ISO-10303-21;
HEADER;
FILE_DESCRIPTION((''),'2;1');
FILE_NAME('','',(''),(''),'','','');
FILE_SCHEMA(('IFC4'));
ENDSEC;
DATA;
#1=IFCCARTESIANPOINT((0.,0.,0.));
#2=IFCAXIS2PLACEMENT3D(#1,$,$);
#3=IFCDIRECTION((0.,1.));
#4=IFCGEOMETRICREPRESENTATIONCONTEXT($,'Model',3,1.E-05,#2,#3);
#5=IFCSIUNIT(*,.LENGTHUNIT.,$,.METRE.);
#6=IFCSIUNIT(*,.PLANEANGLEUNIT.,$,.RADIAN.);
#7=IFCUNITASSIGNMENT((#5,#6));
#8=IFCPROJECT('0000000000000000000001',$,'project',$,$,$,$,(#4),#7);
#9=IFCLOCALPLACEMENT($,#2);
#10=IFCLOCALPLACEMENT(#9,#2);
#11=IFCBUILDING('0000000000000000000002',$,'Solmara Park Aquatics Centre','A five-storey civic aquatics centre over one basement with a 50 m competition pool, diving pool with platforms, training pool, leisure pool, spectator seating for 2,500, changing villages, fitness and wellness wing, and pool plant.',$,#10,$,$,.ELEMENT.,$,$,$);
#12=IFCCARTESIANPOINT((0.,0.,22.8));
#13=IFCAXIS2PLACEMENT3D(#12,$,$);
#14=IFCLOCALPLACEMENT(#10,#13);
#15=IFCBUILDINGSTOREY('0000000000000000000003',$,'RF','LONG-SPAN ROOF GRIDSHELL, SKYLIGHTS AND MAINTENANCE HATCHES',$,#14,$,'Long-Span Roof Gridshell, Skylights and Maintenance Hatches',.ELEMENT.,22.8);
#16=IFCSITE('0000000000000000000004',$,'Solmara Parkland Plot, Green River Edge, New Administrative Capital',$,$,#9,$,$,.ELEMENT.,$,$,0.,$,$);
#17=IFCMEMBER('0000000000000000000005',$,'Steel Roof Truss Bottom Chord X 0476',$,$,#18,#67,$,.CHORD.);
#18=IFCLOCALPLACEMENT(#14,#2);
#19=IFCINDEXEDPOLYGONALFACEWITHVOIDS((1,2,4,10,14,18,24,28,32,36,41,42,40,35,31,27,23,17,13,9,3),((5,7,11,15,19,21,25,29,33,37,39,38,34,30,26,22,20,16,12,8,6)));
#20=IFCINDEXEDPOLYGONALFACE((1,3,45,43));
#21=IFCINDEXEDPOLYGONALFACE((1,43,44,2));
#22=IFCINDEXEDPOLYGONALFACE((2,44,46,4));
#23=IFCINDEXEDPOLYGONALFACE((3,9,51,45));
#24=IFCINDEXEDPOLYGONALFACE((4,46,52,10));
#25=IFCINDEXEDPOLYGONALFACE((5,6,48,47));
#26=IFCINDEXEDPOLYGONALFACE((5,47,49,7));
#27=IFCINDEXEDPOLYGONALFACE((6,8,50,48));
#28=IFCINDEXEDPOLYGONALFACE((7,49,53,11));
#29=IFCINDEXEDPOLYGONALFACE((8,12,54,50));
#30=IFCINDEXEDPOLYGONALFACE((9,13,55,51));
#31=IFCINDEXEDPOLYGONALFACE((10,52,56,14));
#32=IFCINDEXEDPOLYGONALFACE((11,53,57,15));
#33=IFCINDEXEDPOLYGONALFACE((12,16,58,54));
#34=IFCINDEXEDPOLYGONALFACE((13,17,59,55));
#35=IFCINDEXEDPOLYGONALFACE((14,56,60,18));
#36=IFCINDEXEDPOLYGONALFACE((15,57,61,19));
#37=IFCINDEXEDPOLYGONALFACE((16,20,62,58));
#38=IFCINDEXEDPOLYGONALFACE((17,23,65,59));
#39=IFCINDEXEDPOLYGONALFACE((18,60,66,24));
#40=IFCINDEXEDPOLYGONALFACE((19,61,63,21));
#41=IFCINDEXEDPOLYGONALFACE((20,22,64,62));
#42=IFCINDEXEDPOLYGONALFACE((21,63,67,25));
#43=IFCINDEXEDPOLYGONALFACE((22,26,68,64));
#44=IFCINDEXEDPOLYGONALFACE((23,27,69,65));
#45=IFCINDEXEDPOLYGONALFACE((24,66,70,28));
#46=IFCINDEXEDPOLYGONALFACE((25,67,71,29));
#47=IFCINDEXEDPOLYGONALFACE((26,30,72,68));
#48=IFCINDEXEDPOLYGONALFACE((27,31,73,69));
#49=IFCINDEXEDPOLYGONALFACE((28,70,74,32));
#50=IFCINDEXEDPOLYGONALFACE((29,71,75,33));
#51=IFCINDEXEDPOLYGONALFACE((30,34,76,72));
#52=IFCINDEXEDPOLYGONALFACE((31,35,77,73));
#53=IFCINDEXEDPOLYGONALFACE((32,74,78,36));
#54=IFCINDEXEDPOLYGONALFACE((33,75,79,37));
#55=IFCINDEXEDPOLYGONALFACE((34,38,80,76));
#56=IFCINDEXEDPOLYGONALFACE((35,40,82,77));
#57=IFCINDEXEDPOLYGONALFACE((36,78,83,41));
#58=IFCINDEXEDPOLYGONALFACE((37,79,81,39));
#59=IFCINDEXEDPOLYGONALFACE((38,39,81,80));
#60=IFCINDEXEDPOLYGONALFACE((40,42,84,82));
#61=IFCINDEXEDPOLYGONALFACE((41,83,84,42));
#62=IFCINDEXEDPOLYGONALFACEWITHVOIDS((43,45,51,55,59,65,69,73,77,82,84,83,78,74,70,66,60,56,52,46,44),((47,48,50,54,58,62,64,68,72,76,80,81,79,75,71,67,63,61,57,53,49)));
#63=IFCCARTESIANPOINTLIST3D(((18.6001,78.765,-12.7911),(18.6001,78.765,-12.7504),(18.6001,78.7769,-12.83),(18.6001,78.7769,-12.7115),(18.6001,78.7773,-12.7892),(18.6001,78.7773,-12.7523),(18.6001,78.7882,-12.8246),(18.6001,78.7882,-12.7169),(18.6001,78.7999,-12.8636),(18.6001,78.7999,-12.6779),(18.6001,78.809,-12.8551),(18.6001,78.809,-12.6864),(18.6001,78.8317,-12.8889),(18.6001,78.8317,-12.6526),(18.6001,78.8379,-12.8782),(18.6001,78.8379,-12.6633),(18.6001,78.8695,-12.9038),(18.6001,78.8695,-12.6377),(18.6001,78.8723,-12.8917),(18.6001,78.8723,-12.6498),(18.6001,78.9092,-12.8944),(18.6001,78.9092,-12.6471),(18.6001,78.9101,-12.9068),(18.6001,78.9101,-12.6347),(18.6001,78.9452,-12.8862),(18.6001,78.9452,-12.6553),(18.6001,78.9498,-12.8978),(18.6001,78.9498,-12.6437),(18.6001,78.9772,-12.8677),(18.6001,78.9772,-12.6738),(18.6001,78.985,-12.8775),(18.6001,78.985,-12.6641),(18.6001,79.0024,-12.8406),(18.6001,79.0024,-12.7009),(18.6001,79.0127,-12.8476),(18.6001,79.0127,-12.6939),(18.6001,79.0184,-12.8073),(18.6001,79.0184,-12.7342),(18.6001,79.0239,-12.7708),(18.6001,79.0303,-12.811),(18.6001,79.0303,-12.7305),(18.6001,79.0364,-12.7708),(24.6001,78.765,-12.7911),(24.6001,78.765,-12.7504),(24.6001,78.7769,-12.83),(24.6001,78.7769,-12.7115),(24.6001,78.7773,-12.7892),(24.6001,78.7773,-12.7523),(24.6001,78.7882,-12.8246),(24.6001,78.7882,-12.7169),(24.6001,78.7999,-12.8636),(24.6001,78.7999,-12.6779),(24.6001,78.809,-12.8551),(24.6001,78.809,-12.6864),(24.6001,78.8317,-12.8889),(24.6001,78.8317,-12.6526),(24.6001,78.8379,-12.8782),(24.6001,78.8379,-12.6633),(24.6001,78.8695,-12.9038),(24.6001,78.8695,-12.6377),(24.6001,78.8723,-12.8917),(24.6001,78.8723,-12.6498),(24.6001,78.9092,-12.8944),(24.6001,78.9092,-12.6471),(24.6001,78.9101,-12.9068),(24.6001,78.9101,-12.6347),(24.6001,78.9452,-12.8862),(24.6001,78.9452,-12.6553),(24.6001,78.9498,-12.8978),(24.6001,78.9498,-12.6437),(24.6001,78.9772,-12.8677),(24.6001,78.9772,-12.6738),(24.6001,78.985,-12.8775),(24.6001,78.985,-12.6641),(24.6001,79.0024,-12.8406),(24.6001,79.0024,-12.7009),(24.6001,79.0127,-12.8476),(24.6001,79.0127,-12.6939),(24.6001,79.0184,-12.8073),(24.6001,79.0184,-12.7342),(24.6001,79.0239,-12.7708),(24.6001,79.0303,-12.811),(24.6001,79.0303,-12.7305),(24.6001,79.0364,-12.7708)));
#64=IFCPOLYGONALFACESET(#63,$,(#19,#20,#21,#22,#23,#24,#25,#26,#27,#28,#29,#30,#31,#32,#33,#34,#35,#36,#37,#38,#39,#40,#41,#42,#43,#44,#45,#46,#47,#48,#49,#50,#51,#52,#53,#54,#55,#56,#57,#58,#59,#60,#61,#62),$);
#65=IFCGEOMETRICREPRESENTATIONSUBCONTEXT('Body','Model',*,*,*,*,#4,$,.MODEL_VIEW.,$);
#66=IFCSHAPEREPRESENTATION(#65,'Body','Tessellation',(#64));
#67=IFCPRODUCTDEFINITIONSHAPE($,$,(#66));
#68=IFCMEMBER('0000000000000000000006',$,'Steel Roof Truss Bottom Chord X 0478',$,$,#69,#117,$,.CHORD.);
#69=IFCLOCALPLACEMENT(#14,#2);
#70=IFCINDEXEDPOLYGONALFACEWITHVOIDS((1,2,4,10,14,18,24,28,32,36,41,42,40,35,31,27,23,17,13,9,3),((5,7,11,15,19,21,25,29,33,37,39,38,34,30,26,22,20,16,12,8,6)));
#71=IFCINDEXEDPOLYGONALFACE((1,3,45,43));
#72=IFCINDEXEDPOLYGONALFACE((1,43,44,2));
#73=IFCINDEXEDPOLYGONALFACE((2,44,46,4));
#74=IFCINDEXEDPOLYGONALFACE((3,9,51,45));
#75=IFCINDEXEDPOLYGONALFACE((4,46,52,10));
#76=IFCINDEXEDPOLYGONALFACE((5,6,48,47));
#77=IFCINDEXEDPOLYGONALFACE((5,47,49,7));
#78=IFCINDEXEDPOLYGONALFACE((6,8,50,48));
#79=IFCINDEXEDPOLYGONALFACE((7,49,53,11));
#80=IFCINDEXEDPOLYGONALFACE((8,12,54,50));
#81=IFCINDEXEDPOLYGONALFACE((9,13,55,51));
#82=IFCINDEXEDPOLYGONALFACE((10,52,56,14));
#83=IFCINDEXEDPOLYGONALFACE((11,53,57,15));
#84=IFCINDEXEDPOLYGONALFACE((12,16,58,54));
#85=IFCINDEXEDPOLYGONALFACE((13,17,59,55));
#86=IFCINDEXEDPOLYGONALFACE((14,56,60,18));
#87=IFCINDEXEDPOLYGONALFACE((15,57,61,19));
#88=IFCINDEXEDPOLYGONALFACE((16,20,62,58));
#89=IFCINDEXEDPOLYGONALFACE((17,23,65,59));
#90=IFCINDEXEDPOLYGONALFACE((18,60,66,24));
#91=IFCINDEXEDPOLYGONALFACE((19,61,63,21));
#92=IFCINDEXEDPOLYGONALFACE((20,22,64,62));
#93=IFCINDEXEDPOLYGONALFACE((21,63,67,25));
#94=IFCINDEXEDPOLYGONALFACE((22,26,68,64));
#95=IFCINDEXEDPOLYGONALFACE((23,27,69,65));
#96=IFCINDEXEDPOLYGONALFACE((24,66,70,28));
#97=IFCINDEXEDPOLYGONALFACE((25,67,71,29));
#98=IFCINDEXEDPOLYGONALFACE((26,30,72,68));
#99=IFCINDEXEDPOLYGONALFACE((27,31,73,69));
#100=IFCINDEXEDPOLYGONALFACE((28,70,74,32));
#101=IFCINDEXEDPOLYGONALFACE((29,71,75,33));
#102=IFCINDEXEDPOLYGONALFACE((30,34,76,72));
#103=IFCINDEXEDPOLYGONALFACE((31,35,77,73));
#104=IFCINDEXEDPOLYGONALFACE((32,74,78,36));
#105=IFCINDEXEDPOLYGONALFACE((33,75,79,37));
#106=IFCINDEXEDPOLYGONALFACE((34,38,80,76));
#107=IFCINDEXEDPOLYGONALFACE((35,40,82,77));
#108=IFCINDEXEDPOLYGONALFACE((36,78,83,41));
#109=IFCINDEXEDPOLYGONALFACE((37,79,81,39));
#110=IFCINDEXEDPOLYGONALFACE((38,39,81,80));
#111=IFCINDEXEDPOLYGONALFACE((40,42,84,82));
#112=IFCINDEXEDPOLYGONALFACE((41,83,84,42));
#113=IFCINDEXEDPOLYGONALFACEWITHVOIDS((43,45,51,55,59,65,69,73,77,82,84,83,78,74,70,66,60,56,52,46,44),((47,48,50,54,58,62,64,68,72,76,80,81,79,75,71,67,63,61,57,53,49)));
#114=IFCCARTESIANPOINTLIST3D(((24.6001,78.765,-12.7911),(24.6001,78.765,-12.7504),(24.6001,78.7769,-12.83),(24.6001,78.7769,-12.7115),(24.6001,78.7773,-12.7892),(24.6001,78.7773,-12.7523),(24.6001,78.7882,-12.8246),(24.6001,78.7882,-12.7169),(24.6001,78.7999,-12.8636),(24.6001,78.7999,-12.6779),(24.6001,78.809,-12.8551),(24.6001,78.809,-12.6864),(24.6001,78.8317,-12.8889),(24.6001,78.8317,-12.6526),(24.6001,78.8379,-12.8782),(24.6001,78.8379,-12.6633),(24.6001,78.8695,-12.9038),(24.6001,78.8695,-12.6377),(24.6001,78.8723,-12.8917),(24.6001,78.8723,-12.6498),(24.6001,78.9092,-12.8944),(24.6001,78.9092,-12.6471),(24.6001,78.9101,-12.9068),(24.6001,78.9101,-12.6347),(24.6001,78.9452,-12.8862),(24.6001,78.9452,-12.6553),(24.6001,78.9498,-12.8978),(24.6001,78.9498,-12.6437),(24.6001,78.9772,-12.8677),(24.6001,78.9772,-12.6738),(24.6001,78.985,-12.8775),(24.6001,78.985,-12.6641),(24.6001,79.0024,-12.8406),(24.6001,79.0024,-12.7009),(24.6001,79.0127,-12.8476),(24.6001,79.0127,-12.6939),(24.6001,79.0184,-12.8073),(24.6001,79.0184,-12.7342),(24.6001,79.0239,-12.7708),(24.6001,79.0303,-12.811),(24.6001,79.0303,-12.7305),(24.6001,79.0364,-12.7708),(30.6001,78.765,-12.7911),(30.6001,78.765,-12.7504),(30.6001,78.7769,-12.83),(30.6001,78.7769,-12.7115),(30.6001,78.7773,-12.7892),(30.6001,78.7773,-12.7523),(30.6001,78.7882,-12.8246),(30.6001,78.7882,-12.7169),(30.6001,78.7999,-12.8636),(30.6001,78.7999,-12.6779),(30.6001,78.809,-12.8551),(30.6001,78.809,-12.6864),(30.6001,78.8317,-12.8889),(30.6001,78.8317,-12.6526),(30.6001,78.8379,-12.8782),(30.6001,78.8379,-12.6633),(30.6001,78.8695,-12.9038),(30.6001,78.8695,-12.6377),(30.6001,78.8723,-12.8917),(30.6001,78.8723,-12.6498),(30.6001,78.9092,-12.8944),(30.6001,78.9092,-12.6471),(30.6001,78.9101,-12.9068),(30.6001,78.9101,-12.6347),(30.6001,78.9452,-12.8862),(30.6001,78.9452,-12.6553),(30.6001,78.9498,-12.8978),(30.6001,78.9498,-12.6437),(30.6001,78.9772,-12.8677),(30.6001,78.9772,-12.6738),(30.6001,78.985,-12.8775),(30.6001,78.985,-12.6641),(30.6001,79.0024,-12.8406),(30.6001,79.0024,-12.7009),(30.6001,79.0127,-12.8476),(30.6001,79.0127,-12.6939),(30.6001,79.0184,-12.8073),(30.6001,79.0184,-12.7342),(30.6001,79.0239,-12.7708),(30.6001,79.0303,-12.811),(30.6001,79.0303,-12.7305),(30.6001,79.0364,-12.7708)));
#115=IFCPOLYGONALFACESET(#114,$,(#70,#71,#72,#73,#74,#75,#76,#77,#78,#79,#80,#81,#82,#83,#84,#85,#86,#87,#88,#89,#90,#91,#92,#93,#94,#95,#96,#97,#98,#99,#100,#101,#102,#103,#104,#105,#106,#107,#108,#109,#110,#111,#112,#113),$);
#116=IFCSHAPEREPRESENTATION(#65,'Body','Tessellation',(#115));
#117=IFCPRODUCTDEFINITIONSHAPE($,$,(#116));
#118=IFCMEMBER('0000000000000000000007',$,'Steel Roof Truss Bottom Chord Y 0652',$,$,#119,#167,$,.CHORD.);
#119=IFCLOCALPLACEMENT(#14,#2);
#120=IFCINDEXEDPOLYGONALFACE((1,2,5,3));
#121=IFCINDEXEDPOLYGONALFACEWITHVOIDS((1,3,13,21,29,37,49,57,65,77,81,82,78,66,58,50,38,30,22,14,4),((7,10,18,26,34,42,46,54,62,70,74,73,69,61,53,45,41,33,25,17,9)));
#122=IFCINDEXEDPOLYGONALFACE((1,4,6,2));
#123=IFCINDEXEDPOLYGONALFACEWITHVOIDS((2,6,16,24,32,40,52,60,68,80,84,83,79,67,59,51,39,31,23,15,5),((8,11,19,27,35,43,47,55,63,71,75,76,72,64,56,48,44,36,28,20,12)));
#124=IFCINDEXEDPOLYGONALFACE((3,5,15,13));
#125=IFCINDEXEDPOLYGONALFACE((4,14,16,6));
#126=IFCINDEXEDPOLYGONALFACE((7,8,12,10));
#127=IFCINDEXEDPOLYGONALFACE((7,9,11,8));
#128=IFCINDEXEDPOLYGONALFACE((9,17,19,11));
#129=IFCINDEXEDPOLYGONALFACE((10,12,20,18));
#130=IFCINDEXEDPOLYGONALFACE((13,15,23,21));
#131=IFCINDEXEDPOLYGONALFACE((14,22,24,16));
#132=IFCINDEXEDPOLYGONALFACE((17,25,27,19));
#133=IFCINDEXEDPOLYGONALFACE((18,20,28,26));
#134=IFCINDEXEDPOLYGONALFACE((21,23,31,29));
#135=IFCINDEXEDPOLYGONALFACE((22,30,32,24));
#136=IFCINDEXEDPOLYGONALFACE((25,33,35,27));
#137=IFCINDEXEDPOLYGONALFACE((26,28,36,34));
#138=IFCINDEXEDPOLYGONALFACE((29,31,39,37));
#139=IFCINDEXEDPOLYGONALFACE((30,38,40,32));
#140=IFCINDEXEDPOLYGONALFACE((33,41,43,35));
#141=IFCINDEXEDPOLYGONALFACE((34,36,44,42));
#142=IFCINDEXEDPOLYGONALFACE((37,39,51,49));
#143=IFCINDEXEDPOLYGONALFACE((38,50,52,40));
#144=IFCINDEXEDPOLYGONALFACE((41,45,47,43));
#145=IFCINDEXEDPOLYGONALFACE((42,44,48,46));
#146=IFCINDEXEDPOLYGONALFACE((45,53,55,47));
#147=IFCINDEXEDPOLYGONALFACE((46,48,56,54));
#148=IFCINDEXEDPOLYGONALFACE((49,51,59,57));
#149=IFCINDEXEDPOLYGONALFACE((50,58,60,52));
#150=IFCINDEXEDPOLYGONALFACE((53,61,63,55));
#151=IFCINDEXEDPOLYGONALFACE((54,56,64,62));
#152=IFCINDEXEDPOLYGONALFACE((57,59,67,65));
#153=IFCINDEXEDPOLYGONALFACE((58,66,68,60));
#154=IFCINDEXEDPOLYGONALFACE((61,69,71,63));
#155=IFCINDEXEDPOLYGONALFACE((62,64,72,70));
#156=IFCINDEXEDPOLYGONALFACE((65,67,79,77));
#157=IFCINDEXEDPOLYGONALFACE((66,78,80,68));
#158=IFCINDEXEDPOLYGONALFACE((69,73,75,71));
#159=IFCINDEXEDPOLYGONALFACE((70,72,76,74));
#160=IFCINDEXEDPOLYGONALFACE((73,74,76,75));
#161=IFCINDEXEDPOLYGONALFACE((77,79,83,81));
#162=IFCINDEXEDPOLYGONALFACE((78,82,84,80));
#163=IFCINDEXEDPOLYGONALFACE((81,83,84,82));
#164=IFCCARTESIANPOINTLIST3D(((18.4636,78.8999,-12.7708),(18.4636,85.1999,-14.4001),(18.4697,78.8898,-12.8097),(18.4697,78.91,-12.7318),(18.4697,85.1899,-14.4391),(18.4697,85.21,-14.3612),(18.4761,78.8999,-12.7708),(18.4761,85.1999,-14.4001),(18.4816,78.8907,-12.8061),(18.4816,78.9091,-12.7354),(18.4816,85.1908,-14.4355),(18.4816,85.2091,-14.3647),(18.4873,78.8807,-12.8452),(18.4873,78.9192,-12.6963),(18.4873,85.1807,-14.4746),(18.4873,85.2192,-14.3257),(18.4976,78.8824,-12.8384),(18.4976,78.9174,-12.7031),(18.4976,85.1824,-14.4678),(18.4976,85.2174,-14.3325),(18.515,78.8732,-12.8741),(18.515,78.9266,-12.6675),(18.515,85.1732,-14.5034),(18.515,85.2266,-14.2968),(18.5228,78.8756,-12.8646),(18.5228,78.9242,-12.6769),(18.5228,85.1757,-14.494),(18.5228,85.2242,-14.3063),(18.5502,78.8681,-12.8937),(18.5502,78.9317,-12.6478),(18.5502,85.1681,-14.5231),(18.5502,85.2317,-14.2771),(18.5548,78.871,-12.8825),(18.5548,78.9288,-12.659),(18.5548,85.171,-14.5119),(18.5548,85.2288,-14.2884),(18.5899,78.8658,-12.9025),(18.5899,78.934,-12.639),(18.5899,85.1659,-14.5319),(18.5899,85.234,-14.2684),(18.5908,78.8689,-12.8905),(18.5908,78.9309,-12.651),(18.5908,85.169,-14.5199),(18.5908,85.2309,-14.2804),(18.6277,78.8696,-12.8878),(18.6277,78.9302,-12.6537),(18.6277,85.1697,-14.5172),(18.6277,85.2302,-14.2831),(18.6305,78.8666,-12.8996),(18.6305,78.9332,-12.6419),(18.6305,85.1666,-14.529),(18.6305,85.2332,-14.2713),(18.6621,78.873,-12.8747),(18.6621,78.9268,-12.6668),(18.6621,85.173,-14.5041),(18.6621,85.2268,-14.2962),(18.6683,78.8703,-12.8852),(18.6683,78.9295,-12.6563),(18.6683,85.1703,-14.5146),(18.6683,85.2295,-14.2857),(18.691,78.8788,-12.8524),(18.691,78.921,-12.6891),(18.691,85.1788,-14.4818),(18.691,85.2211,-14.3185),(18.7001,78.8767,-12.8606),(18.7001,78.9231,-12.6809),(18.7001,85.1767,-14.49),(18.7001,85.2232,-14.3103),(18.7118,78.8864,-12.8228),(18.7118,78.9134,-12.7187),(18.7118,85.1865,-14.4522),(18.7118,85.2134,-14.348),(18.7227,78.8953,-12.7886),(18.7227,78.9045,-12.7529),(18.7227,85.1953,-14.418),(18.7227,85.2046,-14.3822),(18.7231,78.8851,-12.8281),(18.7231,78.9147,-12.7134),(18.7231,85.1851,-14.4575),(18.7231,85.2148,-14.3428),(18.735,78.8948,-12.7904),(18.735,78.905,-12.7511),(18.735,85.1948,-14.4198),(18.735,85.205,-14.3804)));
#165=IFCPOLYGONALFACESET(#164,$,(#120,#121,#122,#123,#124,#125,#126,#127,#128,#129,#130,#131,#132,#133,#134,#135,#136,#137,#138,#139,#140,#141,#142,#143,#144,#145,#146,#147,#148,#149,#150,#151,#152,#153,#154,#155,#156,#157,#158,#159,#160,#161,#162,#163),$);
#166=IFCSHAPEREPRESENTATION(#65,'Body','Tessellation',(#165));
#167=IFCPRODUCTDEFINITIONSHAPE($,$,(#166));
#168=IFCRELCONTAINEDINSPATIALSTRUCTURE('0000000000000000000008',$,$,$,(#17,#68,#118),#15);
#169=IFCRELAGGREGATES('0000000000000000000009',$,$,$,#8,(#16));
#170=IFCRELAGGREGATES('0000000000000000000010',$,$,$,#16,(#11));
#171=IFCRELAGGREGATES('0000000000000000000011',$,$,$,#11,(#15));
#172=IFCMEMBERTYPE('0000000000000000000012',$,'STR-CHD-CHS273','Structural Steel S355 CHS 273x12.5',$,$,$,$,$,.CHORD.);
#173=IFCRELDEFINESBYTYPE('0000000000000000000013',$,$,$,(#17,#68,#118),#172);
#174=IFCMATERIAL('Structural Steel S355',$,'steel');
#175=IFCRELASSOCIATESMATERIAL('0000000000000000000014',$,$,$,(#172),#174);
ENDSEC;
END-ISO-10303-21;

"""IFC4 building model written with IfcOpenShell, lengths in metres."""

from ifc_helpers import new_model, si_unit, direction, frame, origin, origin_2d, place, context, subcontext, project, spatial, hollow_circle, extrude, material, material_profile, profile_set, type_object, element, save


model = new_model("IFC4")

# Units and contexts
model_context = context("Model", 3, precision=1e-05, world=origin(), true_north=direction((0.0, 1.0)))
body_context = subcontext(model_context, "Body", "Model", "MODEL_VIEW")
ifc_project = project(units=[si_unit("LENGTHUNIT", "METRE"), si_unit("PLANEANGLEUNIT", "RADIAN")], contexts=[model_context])

# Site, building, storey
site_placement = place(None, origin())
site = spatial("IfcSite", under=ifc_project, at=site_placement, Name="Solmara Parkland Plot, Green River Edge, New Administrative Capital", CompositionType="ELEMENT", RefElevation=0.0)
building_placement = place(site_placement, origin())
building = spatial("IfcBuilding", under=site, at=building_placement, Name="Solmara Park Aquatics Centre", Description="A five-storey civic aquatics centre over one basement with a 50 m competition pool, diving pool with platforms, training pool, leisure pool, spectator seating for 2,500, changing villages, fitness and wellness wing, and pool plant.", CompositionType="ELEMENT")
storey_placement = place(building_placement, frame((0.0, 0.0, 22.8)))
storey = spatial("IfcBuildingStorey", under=building, at=storey_placement, Name="RF", Description="LONG-SPAN ROOF GRIDSHELL, SKYLIGHTS AND MAINTENANCE HATCHES", LongName="Long-Span Roof Gridshell, Skylights and Maintenance Hatches", CompositionType="ELEMENT", Elevation=22.8)

# Members
ifc_material_1 = material(Name="Structural Steel S355", Category="steel")
ifc_material_profile_1 = material_profile(ifc_material_1, hollow_circle(Radius=0.1365, WallThickness=0.0125, at=origin_2d()), Name="CHS 273x12.5")
ifc_profile_set_1 = profile_set([ifc_material_profile_1], Name="Structural Steel S355")
member_type_1 = type_object("IfcMemberType", Name="STR-CHD-CHS273", Description="Structural Steel S355 CHS 273x12.5", PredefinedType="CHORD", material=ifc_profile_set_1)
for number, where, z_axis, x_axis, name in (
    (1, (18.6001, 78.8999, -12.7708), (1.0, 0.0, 0.0), (0.0, 1.0, 0.0), "Steel Roof Truss Bottom Chord X 0476"),
    (2, (24.6001, 78.8999, -12.7708), (1.0, 0.0, 0.0), (0.0, 1.0, 0.0), "Steel Roof Truss Bottom Chord X 0478"),
):
    element("IfcMember", number, at=place(storey_placement, frame(where, z_axis=z_axis, x_axis=x_axis)), inside=storey, type_object=member_type_1, Name=name, PredefinedType="CHORD", context=body_context, shape_type="SweptSolid", body=[
        extrude(hollow_circle(Radius=0.1365, WallThickness=0.0125, at=origin_2d()), origin(), (0.0, 0.0, 1.0), 6.0),
    ])
member_1_placement = place(storey_placement, frame((18.6001, 78.8999, -12.7708), z_axis=(0.0, 0.968144, -0.250393), x_axis=(-1.0, 0.0, 0.0)))
element("IfcMember", 3, at=member_1_placement, inside=storey, type_object=member_type_1, Name="Steel Roof Truss Bottom Chord Y 0652", PredefinedType="CHORD", context=body_context, shape_type="SweptSolid", body=[
    extrude(hollow_circle(Radius=0.1365, WallThickness=0.0125, at=origin_2d()), origin(), (0.0, 0.0, 1.0), 6.5073),
])

save(model, "model.ifc")
